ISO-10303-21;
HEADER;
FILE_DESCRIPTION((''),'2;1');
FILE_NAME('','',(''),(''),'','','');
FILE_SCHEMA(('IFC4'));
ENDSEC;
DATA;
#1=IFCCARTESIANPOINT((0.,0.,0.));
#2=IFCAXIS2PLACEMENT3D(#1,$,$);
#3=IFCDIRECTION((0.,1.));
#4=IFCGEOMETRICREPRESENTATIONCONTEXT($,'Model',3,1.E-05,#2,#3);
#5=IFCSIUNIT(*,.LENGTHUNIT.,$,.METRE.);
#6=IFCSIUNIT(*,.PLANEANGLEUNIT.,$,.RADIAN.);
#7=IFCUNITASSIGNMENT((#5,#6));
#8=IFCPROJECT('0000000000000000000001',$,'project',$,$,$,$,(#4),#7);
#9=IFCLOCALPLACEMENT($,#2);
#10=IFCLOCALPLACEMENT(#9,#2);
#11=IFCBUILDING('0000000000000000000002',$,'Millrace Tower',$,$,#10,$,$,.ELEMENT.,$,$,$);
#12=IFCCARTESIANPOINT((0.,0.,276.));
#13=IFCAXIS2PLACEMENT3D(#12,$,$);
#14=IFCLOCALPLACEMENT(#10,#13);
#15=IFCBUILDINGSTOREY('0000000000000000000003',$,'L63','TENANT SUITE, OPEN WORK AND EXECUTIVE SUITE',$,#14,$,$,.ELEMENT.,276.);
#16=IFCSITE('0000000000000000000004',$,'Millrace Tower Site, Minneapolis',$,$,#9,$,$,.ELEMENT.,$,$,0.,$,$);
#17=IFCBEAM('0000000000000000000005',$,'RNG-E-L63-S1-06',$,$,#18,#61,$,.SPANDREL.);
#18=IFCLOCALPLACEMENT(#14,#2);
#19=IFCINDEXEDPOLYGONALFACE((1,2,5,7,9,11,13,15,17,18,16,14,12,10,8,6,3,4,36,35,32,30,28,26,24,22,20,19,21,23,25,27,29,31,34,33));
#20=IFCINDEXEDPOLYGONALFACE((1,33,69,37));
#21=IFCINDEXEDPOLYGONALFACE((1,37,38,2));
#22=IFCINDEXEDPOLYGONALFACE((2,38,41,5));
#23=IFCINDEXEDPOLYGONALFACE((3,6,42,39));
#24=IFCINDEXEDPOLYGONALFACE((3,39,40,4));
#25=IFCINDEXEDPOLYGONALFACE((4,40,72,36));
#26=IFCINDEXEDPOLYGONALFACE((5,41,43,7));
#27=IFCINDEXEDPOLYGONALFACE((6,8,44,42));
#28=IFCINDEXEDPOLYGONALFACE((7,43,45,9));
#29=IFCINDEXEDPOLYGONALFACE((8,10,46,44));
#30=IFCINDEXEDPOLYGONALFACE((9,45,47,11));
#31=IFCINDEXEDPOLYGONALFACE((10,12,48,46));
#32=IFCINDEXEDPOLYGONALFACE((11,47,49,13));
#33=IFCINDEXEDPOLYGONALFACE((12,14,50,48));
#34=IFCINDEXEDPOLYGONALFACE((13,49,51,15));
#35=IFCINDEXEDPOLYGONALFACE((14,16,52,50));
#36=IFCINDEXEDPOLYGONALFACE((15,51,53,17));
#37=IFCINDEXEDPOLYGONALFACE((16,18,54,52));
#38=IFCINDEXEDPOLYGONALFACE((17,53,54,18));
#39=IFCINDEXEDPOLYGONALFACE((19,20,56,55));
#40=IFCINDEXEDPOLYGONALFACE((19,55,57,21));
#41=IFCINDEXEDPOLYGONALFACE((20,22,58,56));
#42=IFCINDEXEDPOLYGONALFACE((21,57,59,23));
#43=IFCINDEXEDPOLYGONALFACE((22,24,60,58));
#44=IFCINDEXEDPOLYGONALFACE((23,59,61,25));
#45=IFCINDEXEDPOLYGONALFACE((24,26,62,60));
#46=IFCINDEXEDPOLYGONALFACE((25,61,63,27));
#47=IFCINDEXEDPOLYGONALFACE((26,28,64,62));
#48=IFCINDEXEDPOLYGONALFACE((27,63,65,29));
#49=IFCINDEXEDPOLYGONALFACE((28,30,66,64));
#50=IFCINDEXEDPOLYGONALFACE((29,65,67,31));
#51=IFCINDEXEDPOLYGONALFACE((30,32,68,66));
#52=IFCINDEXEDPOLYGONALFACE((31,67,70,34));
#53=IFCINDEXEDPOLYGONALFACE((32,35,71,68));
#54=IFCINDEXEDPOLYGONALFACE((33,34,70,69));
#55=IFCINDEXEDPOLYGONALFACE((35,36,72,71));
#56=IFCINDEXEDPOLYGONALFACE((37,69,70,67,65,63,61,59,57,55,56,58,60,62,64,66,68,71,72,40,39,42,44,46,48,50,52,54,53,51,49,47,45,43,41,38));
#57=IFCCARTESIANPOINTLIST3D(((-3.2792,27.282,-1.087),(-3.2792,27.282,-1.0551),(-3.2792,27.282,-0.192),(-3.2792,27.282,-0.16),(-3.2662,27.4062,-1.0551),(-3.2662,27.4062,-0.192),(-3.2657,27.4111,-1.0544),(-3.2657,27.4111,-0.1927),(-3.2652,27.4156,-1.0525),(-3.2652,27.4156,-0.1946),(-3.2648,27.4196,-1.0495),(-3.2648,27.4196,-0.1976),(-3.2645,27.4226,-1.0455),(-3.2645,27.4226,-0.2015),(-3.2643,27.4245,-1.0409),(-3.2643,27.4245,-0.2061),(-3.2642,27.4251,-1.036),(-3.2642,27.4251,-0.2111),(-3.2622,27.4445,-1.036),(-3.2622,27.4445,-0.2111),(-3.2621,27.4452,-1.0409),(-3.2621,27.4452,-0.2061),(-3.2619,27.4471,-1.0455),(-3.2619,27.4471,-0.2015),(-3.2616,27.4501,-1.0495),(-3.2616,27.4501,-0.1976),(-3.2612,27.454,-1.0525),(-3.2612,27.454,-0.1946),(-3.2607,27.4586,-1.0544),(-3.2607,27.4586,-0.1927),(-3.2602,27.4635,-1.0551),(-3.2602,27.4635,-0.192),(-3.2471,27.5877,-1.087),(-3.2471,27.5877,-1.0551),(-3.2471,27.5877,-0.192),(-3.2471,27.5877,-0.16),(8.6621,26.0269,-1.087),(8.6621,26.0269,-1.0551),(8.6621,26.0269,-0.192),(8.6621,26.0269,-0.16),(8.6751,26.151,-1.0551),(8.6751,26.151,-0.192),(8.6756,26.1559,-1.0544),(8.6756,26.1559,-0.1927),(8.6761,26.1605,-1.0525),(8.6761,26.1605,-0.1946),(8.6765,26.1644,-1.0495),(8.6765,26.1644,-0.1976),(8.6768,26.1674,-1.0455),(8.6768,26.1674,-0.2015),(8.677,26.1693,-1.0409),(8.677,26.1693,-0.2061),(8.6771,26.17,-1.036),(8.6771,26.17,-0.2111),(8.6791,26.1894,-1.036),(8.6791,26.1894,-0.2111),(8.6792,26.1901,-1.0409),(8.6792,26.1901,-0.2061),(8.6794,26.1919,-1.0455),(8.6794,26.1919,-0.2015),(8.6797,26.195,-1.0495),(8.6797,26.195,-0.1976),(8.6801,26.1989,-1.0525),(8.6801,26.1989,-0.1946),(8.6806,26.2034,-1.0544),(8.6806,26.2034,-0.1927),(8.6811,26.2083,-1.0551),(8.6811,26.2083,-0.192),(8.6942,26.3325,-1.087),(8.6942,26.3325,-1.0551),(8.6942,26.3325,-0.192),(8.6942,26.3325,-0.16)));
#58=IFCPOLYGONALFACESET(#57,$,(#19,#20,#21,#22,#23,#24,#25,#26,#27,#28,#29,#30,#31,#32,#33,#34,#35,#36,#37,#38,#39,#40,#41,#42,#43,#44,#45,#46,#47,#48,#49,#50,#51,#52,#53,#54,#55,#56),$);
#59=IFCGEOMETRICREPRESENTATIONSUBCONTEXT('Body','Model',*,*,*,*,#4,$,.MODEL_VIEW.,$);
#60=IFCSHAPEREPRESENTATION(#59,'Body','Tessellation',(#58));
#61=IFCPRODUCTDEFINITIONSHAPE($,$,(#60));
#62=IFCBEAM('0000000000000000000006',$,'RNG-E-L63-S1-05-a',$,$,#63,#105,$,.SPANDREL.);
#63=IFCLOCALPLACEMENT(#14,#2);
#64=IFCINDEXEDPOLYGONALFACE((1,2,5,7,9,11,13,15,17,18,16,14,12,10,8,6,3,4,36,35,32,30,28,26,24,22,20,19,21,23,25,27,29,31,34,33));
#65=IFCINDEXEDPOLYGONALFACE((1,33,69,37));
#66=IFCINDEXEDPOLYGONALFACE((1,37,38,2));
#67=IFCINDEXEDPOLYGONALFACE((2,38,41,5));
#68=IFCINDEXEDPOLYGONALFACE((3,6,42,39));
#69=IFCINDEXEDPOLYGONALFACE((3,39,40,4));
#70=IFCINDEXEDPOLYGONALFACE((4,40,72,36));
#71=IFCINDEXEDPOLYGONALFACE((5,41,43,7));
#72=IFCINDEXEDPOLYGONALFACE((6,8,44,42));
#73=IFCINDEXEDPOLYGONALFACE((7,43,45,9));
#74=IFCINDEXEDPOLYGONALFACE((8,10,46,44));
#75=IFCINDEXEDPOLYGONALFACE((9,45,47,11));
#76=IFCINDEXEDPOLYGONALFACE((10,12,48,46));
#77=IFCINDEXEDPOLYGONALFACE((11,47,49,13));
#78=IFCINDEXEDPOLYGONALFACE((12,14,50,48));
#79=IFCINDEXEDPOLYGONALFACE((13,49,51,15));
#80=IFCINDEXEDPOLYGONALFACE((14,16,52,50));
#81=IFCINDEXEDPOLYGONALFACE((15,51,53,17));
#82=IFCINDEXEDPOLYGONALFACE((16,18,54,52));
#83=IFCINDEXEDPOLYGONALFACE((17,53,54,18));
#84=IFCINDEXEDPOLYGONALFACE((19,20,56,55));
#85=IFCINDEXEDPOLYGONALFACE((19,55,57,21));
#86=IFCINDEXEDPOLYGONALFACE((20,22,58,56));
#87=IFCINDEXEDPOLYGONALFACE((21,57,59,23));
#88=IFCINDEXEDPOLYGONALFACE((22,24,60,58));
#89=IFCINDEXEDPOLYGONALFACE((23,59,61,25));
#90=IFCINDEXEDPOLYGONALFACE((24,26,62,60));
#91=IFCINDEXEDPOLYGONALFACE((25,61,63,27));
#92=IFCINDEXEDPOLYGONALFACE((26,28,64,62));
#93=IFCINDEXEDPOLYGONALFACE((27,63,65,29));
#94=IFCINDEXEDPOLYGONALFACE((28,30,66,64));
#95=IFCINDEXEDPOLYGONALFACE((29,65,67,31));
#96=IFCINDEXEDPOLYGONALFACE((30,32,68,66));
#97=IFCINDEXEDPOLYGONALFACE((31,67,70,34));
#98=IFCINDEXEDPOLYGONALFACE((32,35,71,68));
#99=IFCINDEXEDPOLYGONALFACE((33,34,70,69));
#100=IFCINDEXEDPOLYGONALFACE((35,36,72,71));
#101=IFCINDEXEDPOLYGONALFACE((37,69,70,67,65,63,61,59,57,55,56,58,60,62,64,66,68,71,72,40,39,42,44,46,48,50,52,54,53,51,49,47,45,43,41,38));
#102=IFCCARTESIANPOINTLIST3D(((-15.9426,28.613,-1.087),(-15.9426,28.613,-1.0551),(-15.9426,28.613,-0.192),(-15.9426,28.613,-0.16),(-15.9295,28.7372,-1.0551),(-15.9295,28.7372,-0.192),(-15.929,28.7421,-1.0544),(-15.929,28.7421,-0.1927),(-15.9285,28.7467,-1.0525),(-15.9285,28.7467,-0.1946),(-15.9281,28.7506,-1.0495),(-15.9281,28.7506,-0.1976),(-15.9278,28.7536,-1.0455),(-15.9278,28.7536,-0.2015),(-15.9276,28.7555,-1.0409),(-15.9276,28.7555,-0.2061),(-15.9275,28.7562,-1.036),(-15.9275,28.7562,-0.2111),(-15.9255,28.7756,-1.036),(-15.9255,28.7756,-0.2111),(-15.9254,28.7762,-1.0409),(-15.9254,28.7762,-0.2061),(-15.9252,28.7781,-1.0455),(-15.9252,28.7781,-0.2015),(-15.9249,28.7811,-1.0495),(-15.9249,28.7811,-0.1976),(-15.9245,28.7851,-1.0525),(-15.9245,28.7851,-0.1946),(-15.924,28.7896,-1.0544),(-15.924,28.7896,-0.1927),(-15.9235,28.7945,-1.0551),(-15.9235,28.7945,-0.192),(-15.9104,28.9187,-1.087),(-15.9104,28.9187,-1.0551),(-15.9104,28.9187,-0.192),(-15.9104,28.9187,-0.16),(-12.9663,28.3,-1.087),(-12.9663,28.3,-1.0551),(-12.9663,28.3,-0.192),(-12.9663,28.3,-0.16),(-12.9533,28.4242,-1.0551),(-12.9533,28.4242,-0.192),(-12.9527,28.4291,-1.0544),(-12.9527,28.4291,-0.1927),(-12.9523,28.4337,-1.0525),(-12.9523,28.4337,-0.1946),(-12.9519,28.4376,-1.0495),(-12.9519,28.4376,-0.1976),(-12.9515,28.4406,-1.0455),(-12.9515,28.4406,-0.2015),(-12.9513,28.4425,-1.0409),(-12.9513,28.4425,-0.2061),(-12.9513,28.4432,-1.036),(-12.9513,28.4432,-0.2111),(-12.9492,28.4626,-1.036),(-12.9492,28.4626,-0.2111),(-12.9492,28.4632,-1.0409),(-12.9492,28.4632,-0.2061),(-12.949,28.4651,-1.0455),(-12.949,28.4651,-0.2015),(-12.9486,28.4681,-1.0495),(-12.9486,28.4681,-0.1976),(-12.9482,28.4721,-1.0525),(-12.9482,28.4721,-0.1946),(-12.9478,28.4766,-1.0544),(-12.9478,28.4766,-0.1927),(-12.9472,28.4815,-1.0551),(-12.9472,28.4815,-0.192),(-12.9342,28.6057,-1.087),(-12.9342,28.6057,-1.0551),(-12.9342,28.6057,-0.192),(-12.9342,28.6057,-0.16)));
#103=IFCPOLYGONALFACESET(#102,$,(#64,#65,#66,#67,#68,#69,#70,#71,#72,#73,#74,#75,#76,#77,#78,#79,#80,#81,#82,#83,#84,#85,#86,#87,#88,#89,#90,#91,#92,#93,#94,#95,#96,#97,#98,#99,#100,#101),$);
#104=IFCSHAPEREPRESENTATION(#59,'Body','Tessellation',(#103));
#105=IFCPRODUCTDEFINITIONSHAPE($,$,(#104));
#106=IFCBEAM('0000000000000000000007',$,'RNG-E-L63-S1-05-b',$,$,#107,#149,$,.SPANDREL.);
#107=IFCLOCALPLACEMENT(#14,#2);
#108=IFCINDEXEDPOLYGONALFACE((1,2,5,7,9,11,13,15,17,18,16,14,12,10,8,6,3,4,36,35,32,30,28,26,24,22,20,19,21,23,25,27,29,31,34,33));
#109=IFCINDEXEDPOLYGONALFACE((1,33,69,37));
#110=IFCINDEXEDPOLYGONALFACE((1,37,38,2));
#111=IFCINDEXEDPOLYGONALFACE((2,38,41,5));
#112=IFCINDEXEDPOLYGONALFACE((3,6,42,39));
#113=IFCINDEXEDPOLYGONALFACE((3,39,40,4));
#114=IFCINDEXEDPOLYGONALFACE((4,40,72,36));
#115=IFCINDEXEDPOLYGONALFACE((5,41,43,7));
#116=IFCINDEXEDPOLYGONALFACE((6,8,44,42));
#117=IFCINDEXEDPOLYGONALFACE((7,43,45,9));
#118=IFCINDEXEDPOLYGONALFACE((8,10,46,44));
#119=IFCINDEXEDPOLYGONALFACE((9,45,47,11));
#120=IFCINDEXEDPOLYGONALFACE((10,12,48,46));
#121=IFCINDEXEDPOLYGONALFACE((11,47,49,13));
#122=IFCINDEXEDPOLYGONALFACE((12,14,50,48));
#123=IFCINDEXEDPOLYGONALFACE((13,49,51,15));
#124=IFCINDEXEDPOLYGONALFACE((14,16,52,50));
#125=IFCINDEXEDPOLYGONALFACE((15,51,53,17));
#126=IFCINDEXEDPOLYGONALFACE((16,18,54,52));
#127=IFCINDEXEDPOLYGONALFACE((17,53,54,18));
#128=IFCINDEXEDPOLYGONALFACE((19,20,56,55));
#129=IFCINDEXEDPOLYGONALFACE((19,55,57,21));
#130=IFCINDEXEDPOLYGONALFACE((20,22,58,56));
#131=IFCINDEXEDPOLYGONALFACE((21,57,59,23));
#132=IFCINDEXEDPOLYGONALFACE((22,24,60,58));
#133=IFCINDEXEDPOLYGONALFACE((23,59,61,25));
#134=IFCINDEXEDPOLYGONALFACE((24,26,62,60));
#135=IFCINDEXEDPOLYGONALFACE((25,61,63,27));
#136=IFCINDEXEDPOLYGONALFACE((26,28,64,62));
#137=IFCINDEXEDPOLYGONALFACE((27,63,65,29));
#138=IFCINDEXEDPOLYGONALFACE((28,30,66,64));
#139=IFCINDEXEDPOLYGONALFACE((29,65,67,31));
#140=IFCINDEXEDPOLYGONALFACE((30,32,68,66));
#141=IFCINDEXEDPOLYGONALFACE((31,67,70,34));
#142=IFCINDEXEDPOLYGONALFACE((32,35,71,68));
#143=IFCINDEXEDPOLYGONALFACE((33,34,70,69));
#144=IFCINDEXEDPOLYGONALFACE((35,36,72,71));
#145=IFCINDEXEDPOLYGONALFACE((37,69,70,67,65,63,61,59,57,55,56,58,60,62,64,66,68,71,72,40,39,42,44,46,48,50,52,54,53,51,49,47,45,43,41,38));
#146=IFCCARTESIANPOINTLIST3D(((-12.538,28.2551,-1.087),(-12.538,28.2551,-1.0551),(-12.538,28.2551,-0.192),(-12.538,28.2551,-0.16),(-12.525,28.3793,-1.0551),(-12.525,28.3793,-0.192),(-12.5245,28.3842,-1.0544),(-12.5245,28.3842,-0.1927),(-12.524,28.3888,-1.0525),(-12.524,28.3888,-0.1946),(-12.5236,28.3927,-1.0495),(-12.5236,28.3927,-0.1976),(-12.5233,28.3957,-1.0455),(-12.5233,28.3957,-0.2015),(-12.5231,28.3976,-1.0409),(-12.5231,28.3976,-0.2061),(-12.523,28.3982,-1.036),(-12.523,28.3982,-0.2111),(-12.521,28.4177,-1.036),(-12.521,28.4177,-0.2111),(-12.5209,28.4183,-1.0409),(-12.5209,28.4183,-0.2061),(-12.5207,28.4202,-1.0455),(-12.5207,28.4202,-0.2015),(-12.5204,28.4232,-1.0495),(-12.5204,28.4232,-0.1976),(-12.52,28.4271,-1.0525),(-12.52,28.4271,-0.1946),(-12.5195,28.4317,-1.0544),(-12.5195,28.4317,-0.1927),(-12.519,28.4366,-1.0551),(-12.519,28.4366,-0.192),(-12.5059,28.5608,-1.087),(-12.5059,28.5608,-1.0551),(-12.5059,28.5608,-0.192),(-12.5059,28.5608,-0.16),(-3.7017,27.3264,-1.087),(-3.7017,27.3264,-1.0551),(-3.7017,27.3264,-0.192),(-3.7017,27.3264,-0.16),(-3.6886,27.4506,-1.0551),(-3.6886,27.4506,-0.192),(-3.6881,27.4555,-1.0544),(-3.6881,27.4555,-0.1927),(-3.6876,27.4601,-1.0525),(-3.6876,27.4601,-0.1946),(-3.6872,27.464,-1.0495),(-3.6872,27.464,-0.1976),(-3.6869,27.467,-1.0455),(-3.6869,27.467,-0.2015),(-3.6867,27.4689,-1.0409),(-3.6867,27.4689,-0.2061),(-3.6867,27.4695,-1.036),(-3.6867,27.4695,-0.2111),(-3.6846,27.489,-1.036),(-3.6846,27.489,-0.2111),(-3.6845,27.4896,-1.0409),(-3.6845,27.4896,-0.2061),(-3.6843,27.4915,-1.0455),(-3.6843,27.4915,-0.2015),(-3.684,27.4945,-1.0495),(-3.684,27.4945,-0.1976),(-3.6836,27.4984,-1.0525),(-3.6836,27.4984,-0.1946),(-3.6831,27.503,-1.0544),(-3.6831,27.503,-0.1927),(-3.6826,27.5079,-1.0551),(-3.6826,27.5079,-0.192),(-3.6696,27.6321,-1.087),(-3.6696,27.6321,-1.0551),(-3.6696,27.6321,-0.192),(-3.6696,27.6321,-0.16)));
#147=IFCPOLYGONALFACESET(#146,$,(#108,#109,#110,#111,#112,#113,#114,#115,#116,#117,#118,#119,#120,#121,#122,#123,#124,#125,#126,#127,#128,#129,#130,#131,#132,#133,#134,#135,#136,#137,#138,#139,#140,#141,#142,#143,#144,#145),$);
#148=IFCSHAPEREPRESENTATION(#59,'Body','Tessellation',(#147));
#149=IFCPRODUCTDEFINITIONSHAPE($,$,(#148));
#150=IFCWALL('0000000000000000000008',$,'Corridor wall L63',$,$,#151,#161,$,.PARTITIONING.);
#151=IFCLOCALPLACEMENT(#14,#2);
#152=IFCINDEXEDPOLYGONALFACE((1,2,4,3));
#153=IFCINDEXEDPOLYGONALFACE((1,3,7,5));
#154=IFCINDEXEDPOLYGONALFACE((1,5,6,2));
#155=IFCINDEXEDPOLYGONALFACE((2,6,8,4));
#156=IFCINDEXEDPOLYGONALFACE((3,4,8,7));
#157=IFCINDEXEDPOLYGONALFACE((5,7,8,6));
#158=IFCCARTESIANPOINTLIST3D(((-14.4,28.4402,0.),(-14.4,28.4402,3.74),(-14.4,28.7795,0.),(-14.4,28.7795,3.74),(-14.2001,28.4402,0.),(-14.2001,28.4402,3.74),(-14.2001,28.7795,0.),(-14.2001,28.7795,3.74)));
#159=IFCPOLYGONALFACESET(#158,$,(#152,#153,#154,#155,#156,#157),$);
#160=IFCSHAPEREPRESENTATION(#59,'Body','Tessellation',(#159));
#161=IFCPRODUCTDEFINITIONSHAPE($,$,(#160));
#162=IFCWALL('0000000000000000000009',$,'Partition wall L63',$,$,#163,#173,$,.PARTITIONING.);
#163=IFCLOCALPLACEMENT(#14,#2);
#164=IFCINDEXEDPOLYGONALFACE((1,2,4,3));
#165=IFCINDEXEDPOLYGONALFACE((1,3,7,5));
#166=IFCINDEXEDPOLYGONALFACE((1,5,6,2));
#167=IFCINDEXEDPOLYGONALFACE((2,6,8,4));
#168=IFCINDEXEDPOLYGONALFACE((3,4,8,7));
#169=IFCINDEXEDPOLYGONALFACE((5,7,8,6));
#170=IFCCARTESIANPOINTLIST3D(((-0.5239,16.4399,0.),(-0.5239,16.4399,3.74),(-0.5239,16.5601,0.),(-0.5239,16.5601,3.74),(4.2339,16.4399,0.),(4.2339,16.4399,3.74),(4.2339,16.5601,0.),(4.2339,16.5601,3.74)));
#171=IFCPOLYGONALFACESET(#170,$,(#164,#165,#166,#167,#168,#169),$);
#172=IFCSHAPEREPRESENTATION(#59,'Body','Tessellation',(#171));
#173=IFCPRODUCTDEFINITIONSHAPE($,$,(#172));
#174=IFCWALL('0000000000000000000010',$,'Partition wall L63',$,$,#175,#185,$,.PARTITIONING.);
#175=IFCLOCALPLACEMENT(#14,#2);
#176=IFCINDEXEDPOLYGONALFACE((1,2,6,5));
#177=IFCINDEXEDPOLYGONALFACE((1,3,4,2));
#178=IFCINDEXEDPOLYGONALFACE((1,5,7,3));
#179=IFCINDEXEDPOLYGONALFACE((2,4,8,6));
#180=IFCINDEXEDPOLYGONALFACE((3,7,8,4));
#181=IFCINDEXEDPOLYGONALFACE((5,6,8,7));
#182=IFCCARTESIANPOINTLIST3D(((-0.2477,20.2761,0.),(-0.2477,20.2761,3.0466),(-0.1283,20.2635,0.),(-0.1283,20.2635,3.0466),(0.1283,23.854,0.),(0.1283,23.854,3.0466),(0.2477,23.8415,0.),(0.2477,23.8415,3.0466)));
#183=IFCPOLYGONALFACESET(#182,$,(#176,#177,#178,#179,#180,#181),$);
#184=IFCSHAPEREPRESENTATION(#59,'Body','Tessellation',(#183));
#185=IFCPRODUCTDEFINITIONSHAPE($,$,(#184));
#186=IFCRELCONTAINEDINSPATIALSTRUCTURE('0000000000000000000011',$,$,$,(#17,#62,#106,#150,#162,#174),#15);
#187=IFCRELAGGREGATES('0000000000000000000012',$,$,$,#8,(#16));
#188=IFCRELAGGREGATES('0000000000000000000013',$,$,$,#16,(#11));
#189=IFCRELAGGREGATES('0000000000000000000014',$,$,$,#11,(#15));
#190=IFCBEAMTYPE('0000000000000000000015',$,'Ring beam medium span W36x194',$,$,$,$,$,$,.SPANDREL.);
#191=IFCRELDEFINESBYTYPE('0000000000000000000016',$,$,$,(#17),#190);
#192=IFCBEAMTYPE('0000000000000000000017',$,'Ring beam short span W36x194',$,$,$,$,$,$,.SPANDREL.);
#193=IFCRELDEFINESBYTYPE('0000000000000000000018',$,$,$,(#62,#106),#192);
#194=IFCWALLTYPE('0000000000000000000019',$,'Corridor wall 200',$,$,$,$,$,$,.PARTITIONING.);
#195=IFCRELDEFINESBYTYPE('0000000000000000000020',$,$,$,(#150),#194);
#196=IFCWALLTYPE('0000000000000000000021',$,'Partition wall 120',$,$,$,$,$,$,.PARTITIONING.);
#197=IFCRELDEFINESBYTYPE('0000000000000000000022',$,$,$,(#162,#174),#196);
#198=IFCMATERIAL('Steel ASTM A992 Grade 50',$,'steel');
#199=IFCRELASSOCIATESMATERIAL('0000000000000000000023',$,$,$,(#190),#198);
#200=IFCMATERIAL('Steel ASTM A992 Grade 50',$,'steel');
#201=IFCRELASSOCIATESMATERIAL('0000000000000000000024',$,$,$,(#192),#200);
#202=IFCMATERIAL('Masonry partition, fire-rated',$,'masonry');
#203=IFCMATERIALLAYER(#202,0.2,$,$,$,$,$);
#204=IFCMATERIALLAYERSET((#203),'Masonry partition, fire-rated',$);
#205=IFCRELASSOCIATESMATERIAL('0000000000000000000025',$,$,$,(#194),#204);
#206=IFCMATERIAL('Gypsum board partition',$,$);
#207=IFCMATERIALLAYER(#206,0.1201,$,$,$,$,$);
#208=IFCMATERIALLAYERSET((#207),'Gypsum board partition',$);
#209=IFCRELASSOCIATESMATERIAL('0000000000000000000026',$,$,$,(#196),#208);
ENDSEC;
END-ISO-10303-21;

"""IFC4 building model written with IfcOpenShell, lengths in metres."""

from ifc_helpers import new_model, si_unit, direction, frame, frame_2d, origin, origin_2d, place, context, subcontext, project, spatial, rectangle, i_section, extrude, material, layer, layer_set, material_profile, profile_set, type_object, element, save


model = new_model("IFC4")

# Units and contexts
model_context = context("Model", 3, precision=1e-05, world=origin(), true_north=direction((0.0, 1.0)))
body_context = subcontext(model_context, "Body", "Model", "MODEL_VIEW")
ifc_project = project(units=[si_unit("LENGTHUNIT", "METRE"), si_unit("PLANEANGLEUNIT", "RADIAN")], contexts=[model_context])

# Site, building, storey
site_placement = place(None, origin())
site = spatial("IfcSite", under=ifc_project, at=site_placement, Name="Millrace Tower Site, Minneapolis", CompositionType="ELEMENT", RefElevation=0.0)
building_placement = place(site_placement, origin())
building = spatial("IfcBuilding", under=site, at=building_placement, Name="Millrace Tower", CompositionType="ELEMENT")
storey_placement = place(building_placement, frame((0.0, 0.0, 276.0)))
storey = spatial("IfcBuildingStorey", under=building, at=storey_placement, Name="L63", Description="TENANT SUITE, OPEN WORK AND EXECUTIVE SUITE", CompositionType="ELEMENT", Elevation=276.0)

# Beams
ifc_material_1 = material(Name="Steel ASTM A992 Grade 50", Category="steel")
ifc_material_profile_1 = material_profile(ifc_material_1, i_section(OverallWidth=0.3074, OverallDepth=0.927, WebThickness=0.0195, FlangeThickness=0.032, FilletRadius=0.019, at=origin_2d()))
ifc_profile_set_1 = profile_set([ifc_material_profile_1], Name="Steel ASTM A992 Grade 50")
beam_type_1 = type_object("IfcBeamType", Name="Ring beam medium span W36x194", PredefinedType="SPANDREL", material=ifc_profile_set_1)
beam_1_placement = place(storey_placement, frame((-3.2632, 27.4348, -0.6235), z_axis=(0.994522, -0.104531, 0.0), x_axis=(0.104531, 0.994522, 0.0)))
element("IfcBeam", 1, at=beam_1_placement, inside=storey, type_object=beam_type_1, Name="RNG-E-L63-S1-06", PredefinedType="SPANDREL", context=body_context, shape_type="SweptSolid", body=[
    extrude(i_section(OverallWidth=0.3074, OverallDepth=0.927, WebThickness=0.0195, FlangeThickness=0.032, FilletRadius=0.019, at=origin_2d()), origin(), (0.0, 0.0, 1.0), 12.0071),
])
ifc_material_2 = material(Name="Steel ASTM A992 Grade 50", Category="steel")
ifc_material_profile_2 = material_profile(ifc_material_2, i_section(OverallWidth=0.3074, OverallDepth=0.927, WebThickness=0.0195, FlangeThickness=0.032, FilletRadius=0.019, at=origin_2d()))
ifc_profile_set_2 = profile_set([ifc_material_profile_2], Name="Steel ASTM A992 Grade 50")
beam_type_2 = type_object("IfcBeamType", Name="Ring beam short span W36x194", PredefinedType="SPANDREL", material=ifc_profile_set_2)
beam_2_placement = place(storey_placement, frame((-15.9265, 28.7659, -0.6235), z_axis=(0.994516, -0.104583, 0.0), x_axis=(0.104583, 0.994516, 0.0)))
element("IfcBeam", 2, at=beam_2_placement, inside=storey, type_object=beam_type_2, Name="RNG-E-L63-S1-05-a", PredefinedType="SPANDREL", context=body_context, shape_type="SweptSolid", body=[
    extrude(i_section(OverallWidth=0.3074, OverallDepth=0.927, WebThickness=0.0195, FlangeThickness=0.032, FilletRadius=0.019, at=origin_2d()), origin(), (0.0, 0.0, 1.0), 2.9927),
])
beam_3_placement = place(storey_placement, frame((-12.522, 28.408, -0.6235), z_axis=(0.994522, -0.104525, 0.0), x_axis=(0.104525, 0.994522, 0.0)))
element("IfcBeam", 3, at=beam_3_placement, inside=storey, type_object=beam_type_2, Name="RNG-E-L63-S1-05-b", PredefinedType="SPANDREL", context=body_context, shape_type="SweptSolid", body=[
    extrude(i_section(OverallWidth=0.3074, OverallDepth=0.927, WebThickness=0.0195, FlangeThickness=0.032, FilletRadius=0.019, at=origin_2d()), origin(), (0.0, 0.0, 1.0), 8.885),
])

# Walls
ifc_material_3 = material(Name="Masonry partition, fire-rated", Category="masonry")
ifc_layer_1 = layer(ifc_material_3, 0.2)
ifc_layer_set_1 = layer_set([ifc_layer_1], Name="Masonry partition, fire-rated")
wall_type_1 = type_object("IfcWallType", Name="Corridor wall 200", PredefinedType="PARTITIONING", material=ifc_layer_set_1)
wall_1_placement = place(storey_placement, frame((-14.3, 28.4402, 0.0), z_axis=(0.0, 0.0, 1.0), x_axis=(0.0, 1.0, 0.0)))
element("IfcWall", 4, at=wall_1_placement, inside=storey, type_object=wall_type_1, Name="Corridor wall L63", PredefinedType="PARTITIONING", context=body_context, shape_type="SweptSolid", body=[
    extrude(rectangle(XDim=0.3394, YDim=0.2, at=frame_2d((0.1697, 0.0))), origin(), (0.0, 0.0, 1.0), 3.74),
])
ifc_material_4 = material(Name="Gypsum board partition")
ifc_layer_2 = layer(ifc_material_4, 0.1201)
ifc_layer_set_2 = layer_set([ifc_layer_2], Name="Gypsum board partition")
wall_type_2 = type_object("IfcWallType", Name="Partition wall 120", PredefinedType="PARTITIONING", material=ifc_layer_set_2)
wall_2_placement = place(storey_placement, frame((-0.5239, 16.5, 0.0), z_axis=(0.0, 0.0, 1.0), x_axis=(1.0, 0.0, 0.0)))
element("IfcWall", 5, at=wall_2_placement, inside=storey, type_object=wall_type_2, Name="Partition wall L63", PredefinedType="PARTITIONING", context=body_context, shape_type="SweptSolid", body=[
    extrude(rectangle(XDim=4.7578, YDim=0.1201, at=frame_2d((2.3789, 0.0))), origin(), (0.0, 0.0, 1.0), 3.74),
])
wall_3_placement = place(storey_placement, frame((-0.188, 20.2698, 0.0), z_axis=(0.0, 0.0, 1.0), x_axis=(0.104508, 0.994524, 0.0)))
element("IfcWall", 6, at=wall_3_placement, inside=storey, type_object=wall_type_2, Name="Partition wall L63", PredefinedType="PARTITIONING", context=body_context, shape_type="SweptSolid", body=[
    extrude(rectangle(XDim=3.5977, YDim=0.1201, at=frame_2d((1.7988, 0.0))), origin(), (0.0, 0.0, 1.0), 3.0466),
])

save(model, "model.ifc")
